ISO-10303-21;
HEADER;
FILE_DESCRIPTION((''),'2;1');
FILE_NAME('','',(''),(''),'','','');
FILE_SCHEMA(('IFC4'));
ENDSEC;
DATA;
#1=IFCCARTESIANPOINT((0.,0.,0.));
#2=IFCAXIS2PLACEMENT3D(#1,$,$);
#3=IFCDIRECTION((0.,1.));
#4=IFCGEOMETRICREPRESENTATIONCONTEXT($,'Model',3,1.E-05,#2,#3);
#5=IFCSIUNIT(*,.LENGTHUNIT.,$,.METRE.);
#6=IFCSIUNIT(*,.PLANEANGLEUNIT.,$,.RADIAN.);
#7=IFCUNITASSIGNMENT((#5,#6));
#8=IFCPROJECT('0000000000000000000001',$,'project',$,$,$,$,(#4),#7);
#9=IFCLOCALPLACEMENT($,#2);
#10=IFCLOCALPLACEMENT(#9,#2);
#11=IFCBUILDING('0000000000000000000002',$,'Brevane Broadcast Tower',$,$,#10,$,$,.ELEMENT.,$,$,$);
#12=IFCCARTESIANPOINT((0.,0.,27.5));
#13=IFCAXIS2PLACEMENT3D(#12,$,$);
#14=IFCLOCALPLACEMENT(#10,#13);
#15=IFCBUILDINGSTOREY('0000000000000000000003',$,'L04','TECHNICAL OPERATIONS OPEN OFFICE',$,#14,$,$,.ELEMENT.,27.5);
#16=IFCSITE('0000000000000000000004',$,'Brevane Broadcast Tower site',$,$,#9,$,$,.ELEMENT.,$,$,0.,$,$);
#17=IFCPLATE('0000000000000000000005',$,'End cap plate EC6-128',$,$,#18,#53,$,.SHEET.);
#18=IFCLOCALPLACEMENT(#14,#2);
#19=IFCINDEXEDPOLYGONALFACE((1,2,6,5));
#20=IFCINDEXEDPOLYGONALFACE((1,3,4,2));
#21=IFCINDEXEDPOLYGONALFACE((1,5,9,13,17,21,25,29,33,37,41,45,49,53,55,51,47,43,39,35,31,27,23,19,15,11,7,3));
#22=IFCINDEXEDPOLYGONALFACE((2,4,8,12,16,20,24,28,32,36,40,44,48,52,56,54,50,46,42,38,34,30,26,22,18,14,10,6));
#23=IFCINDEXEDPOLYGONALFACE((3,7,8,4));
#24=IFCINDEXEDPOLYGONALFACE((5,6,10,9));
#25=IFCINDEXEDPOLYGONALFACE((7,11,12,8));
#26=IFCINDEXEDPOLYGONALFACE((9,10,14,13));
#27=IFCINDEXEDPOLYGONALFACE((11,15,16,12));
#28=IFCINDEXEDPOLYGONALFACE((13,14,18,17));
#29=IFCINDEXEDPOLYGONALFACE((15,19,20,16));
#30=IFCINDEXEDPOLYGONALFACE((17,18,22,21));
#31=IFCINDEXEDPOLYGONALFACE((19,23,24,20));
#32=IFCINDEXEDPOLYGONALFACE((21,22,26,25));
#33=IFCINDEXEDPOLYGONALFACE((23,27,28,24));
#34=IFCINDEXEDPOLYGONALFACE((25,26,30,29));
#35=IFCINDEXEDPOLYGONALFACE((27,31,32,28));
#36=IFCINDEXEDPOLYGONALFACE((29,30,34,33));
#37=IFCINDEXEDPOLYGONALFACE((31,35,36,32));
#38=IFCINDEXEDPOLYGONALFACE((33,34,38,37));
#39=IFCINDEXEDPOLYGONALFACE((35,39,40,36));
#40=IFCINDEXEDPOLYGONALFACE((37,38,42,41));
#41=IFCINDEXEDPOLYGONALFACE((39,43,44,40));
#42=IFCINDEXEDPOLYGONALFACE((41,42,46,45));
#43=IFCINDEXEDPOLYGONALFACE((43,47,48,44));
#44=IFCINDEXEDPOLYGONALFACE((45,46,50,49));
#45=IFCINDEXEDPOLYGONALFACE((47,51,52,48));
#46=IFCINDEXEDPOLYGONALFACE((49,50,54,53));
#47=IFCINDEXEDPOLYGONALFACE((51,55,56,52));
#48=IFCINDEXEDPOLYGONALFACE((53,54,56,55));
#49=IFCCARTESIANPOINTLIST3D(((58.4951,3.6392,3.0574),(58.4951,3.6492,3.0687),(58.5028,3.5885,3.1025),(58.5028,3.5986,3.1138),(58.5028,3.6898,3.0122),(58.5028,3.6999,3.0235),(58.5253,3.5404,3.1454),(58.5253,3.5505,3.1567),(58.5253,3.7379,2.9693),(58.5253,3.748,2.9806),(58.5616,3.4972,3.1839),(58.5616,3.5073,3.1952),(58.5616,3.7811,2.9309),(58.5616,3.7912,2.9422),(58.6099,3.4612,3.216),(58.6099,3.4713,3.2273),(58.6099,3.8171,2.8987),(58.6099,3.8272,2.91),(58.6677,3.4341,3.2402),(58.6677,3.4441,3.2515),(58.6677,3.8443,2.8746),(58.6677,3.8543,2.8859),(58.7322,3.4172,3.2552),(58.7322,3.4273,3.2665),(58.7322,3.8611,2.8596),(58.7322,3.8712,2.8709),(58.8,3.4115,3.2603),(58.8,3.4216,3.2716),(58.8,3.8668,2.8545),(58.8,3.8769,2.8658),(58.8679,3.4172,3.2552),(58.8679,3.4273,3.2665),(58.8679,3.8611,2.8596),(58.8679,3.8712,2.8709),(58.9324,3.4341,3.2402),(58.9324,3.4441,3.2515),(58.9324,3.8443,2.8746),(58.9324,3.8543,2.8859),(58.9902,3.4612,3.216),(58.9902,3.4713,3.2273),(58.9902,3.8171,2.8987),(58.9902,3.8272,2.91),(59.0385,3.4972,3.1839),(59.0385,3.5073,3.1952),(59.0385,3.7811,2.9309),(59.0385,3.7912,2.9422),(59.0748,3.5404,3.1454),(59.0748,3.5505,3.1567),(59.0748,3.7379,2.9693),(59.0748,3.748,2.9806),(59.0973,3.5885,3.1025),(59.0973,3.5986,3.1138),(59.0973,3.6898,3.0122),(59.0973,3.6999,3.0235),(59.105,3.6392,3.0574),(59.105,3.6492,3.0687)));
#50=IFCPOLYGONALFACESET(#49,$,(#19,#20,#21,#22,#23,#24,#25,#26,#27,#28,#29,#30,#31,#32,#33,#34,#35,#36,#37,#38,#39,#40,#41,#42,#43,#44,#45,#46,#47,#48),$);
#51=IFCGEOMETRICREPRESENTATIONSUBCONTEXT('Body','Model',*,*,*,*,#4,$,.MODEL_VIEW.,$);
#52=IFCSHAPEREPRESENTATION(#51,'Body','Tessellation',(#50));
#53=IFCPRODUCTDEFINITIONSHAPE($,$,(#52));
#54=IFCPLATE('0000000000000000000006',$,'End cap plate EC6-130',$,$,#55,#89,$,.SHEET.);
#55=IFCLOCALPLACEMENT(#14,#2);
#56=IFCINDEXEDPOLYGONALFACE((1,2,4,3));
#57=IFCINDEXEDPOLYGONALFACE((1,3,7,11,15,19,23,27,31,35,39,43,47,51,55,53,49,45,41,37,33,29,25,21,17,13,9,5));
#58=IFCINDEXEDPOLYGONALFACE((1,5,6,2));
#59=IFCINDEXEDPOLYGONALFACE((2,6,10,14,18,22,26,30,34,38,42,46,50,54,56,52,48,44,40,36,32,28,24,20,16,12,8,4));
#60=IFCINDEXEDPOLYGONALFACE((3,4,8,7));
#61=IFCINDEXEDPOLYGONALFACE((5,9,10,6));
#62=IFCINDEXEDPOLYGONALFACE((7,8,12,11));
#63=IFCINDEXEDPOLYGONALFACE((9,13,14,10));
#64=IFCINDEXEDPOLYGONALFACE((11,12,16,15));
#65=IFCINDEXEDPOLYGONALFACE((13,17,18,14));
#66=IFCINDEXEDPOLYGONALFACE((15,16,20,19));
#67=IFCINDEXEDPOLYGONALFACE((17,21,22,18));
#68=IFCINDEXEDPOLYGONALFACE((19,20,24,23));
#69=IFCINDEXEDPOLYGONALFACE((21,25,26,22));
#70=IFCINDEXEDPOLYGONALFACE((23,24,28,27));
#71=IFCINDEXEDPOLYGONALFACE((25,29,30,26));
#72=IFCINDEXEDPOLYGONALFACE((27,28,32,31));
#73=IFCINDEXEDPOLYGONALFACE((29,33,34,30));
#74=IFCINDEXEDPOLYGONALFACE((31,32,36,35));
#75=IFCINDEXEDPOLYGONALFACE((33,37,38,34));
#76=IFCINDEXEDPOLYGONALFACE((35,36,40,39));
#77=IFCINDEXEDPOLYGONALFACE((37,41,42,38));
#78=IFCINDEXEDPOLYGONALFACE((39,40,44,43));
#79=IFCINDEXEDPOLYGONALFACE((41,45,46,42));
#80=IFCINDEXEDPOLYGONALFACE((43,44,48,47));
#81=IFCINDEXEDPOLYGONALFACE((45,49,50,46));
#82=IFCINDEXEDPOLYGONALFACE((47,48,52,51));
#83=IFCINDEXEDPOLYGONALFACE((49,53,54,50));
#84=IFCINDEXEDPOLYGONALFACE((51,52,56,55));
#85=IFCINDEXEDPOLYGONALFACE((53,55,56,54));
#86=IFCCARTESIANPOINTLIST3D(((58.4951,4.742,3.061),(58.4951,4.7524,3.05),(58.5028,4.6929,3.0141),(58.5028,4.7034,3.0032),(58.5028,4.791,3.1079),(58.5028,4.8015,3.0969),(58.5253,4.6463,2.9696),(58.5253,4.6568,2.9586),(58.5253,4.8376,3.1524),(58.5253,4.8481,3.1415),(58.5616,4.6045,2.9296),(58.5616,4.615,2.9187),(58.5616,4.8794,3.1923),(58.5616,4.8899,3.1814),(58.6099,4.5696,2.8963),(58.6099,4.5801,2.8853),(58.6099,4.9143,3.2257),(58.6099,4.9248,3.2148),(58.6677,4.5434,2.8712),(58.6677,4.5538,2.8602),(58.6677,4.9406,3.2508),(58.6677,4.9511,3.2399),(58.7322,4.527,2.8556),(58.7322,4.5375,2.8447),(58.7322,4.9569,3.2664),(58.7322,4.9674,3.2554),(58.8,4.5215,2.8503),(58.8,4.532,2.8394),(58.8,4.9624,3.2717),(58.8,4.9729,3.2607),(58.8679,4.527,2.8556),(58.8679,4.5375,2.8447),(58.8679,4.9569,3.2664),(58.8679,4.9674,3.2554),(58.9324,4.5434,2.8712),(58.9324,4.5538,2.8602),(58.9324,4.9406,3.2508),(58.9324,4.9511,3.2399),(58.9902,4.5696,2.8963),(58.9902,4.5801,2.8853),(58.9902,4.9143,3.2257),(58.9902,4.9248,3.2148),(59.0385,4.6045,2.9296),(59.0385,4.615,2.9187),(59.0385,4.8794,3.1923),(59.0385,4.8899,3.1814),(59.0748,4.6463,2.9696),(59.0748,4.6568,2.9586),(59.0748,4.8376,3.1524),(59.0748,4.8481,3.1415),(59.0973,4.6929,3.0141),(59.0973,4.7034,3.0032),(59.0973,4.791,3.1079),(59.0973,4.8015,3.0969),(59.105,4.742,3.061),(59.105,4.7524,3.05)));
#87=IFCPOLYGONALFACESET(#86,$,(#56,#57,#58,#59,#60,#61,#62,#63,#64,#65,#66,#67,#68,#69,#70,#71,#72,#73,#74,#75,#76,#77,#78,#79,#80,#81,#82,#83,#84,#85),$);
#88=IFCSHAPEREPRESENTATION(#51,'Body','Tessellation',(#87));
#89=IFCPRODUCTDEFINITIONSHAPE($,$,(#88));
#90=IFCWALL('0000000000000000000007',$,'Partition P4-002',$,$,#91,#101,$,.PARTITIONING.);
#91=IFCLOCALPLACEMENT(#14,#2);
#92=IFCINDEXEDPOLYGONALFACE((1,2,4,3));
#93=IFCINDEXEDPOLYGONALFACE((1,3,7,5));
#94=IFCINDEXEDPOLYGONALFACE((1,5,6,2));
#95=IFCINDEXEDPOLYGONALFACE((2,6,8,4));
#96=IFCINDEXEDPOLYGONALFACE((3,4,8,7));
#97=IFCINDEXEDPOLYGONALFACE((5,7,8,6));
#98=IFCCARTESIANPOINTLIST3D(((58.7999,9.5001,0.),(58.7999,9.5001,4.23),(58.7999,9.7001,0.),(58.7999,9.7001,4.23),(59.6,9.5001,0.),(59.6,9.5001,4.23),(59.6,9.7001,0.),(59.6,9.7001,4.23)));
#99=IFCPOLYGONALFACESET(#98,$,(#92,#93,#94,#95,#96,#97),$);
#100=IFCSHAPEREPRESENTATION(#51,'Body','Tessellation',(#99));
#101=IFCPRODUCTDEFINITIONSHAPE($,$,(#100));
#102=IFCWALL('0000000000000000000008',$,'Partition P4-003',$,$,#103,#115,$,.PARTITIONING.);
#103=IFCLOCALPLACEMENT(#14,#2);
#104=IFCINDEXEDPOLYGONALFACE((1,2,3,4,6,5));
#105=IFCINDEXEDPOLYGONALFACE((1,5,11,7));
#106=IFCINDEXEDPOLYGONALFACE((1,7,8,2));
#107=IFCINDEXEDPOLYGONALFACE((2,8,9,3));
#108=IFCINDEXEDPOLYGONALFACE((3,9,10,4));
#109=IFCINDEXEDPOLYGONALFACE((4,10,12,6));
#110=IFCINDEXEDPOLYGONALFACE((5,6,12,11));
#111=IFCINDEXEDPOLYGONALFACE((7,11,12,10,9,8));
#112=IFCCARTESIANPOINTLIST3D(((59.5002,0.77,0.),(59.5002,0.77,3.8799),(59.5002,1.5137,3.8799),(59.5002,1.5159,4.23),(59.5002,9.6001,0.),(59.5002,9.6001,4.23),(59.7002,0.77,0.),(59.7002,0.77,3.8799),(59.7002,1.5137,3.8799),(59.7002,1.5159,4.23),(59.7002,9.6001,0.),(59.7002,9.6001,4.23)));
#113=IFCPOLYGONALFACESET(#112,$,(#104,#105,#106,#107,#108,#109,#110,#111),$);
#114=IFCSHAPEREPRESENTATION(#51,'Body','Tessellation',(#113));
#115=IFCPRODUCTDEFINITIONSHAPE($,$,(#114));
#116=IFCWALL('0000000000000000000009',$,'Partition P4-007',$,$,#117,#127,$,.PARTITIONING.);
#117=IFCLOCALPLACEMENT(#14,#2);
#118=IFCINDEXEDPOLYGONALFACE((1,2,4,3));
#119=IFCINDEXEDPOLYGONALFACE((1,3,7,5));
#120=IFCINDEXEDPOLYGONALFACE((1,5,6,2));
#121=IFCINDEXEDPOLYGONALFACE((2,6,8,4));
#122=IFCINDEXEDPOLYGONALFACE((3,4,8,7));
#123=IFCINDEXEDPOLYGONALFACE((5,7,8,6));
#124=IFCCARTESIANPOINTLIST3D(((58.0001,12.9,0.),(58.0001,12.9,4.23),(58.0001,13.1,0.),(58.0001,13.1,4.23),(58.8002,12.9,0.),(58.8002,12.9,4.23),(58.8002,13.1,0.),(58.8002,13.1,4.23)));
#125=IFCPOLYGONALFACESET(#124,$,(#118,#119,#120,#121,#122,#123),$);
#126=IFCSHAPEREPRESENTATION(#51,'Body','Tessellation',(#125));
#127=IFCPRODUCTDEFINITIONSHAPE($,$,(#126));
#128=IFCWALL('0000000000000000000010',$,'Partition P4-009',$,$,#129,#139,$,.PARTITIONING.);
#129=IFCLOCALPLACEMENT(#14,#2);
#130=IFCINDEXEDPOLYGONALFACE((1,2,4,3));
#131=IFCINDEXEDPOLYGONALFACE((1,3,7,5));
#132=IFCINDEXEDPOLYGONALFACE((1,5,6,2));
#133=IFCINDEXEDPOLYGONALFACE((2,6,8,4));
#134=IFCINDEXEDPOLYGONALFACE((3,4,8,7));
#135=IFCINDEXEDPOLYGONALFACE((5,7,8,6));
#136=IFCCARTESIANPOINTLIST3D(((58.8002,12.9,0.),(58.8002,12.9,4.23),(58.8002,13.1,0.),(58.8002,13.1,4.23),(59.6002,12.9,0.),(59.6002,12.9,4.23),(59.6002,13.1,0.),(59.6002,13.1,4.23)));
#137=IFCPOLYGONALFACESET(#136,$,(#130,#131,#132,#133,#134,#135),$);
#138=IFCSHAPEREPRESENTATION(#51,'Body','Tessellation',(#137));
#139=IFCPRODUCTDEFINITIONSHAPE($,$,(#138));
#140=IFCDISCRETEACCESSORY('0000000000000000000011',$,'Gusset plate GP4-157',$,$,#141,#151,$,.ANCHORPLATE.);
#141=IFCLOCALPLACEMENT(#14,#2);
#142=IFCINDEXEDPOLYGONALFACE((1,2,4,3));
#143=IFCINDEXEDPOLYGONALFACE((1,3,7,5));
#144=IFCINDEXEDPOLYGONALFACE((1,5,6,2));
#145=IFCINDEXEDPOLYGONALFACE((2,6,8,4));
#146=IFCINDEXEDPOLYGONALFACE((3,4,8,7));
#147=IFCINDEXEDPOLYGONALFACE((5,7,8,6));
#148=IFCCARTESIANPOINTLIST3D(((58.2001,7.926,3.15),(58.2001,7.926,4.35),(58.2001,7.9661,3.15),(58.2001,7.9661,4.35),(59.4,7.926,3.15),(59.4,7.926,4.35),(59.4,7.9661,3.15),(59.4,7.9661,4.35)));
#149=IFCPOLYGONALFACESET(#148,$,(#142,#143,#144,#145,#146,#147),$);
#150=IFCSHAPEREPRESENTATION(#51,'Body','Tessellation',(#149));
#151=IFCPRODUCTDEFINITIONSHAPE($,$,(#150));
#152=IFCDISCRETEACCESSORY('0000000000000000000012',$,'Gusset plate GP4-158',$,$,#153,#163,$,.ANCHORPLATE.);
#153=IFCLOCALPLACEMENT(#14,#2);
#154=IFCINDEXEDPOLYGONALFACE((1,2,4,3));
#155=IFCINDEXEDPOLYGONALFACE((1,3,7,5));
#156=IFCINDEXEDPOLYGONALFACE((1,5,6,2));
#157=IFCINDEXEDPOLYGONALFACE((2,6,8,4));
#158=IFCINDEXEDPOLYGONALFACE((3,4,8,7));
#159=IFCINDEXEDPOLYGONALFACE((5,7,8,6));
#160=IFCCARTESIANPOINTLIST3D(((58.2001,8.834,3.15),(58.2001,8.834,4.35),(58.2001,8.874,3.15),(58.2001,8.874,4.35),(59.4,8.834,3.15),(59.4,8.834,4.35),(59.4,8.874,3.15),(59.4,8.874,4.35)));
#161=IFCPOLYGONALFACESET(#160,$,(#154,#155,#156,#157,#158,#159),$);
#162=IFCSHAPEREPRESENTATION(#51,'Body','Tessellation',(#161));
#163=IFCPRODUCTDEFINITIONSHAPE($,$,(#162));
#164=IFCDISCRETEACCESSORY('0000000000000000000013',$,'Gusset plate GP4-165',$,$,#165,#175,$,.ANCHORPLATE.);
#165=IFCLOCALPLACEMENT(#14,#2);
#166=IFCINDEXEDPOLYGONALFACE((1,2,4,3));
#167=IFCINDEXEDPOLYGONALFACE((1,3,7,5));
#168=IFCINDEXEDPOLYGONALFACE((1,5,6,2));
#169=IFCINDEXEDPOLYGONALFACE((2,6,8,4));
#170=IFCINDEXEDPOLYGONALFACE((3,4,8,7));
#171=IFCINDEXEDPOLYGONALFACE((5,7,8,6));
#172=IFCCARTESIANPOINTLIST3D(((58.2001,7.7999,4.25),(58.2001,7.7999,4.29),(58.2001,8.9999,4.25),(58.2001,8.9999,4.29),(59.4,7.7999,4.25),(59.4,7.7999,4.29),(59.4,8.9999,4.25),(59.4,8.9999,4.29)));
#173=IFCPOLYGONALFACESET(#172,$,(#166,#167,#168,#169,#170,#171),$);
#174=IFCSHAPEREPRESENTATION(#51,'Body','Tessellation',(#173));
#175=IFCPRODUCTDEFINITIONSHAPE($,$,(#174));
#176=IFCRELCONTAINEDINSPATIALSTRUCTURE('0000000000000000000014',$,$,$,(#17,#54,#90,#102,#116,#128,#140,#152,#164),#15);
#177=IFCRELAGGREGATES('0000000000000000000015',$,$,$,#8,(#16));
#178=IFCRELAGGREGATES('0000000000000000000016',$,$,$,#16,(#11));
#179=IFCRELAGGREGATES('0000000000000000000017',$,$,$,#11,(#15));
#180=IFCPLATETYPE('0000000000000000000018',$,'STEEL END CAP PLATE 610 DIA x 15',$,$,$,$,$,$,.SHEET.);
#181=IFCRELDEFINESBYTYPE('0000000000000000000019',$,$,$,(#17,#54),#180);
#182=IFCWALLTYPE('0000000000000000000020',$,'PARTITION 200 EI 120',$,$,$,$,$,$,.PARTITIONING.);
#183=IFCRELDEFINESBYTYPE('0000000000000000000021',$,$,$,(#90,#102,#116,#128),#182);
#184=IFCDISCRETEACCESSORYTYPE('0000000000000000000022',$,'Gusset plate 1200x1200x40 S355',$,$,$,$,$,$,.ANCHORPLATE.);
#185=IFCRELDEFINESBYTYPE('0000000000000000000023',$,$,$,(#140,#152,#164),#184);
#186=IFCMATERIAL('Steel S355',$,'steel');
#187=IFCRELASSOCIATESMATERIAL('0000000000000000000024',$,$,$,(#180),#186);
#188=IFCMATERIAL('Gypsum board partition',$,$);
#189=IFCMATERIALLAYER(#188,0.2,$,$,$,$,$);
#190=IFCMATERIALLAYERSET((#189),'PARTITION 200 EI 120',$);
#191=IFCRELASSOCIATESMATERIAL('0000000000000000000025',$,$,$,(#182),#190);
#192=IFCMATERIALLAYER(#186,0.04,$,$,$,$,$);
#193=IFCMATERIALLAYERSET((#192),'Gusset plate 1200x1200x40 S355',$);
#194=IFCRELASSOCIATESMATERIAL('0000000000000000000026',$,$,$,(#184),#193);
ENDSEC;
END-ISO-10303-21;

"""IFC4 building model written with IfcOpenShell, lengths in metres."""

from ifc_helpers import new_model, si_unit, direction, frame, frame_2d, origin, origin_2d, place, context, subcontext, project, spatial, polyline, rectangle, circle, outline, extrude, material, layer, layer_set, material_profile, profile_set, type_object, element, save


model = new_model("IFC4")

# Units and contexts
model_context = context("Model", 3, precision=1e-05, world=origin(), true_north=direction((0.0, 1.0)))
body_context = subcontext(model_context, "Body", "Model", "MODEL_VIEW")
ifc_project = project(units=[si_unit("LENGTHUNIT", "METRE"), si_unit("PLANEANGLEUNIT", "RADIAN")], contexts=[model_context])

# Site, building, storey
site_placement = place(None, origin())
site = spatial("IfcSite", under=ifc_project, at=site_placement, Name="Brevane Broadcast Tower site", CompositionType="ELEMENT", RefElevation=0.0)
building_placement = place(site_placement, origin())
building = spatial("IfcBuilding", under=site, at=building_placement, Name="Brevane Broadcast Tower", CompositionType="ELEMENT")
storey_placement = place(building_placement, frame((0.0, 0.0, 27.5)))
storey = spatial("IfcBuildingStorey", under=building, at=storey_placement, Name="L04", Description="TECHNICAL OPERATIONS OPEN OFFICE", CompositionType="ELEMENT", Elevation=27.5)

# Shared definitions
ifc_material_1 = material(Name="Steel S355", Category="steel")

# Plates
ifc_material_profile_1 = material_profile(ifc_material_1, circle(Radius=0.3049, at=origin_2d()), Name="PL 610 DIA x 15")
ifc_profile_set_1 = profile_set([ifc_material_profile_1], Name="Steel S355")
plate_type = type_object("IfcPlateType", Name="STEEL END CAP PLATE 610 DIA x 15", PredefinedType="SHEET", material=ifc_profile_set_1)
for number, where, z_axis, x_axis, name in (
    (1, (58.8, 3.6392, 3.0574), (0.0, 0.665371, 0.746513), (-1.0, 0.0, 0.0), "End cap plate EC6-128"),
    (2, (58.8, 4.7524, 3.05), (0.0, -0.690858, 0.722991), (1.0, 0.0, 0.0), "End cap plate EC6-130"),
):
    element("IfcPlate", number, at=place(storey_placement, frame(where, z_axis=z_axis, x_axis=x_axis)), inside=storey, type_object=plate_type, Name=name, PredefinedType="SHEET", context=body_context, shape_type="SweptSolid", body=[
        extrude(circle(Radius=0.3049, at=origin_2d()), origin(), (0.0, 0.0, 1.0), 0.0151),
    ])

# Shared definitions
ifc_material_2 = material(Name="Gypsum board partition")

# Walls
ifc_layer_1 = layer(ifc_material_2, 0.2)
ifc_layer_set_1 = layer_set([ifc_layer_1], Name="PARTITION 200 EI 120")
wall_type_1 = type_object("IfcWallType", Name="PARTITION 200 EI 120", PredefinedType="PARTITIONING", material=ifc_layer_set_1)
wall_1_placement = place(storey_placement, frame((58.8, 9.6001, 0.0), z_axis=(0.0, 0.0, 1.0), x_axis=(1.0, 0.0, 0.0)))
element("IfcWall", 3, at=wall_1_placement, inside=storey, type_object=wall_type_1, Name="Partition P4-002", PredefinedType="PARTITIONING", context=body_context, shape_type="SweptSolid", body=[
    extrude(rectangle(XDim=0.8, YDim=0.2, at=frame_2d((0.3999, 0.0))), origin(), (0.0, 0.0, 1.0), 4.23),
])
wall_2_placement = place(storey_placement, frame((59.6001, 9.6001, 0.0), z_axis=(0.0, 0.0, 1.0), x_axis=(0.0, -1.0, 0.0)))
element("IfcWall", 4, at=wall_2_placement, inside=storey, type_object=wall_type_1, Name="Partition P4-003", PredefinedType="PARTITIONING", context=body_context, shape_type="SweptSolid", body=[
    extrude(outline(polyline([(0.0, 0.0), (8.8301, 0.0), (8.8301, 3.8799), (8.0864, 3.8799), (8.0842, 4.23), (0.0, 4.23), (0.0, 0.0)])), frame((0.0, 0.1001, 0.0), z_axis=(0.0, -1.0, 0.0), x_axis=(1.0, 0.0, 0.0)), (0.0, 0.0, 1.0), 0.2),
])
for number, where, z_axis, x_axis, name in (
    (5, (58.8, 13.0, 0.0), (0.0, 0.0, 1.0), (-1.0, 0.0, 0.0), "Partition P4-007"),
    (6, (59.6001, 13.0, 0.0), (0.0, 0.0, 1.0), (-1.0, 0.0, 0.0), "Partition P4-009"),
):
    element("IfcWall", number, at=place(storey_placement, frame(where, z_axis=z_axis, x_axis=x_axis)), inside=storey, type_object=wall_type_1, Name=name, PredefinedType="PARTITIONING", context=body_context, shape_type="SweptSolid", body=[
        extrude(rectangle(XDim=0.8, YDim=0.2, at=frame_2d((0.3999, 0.0))), origin(), (0.0, 0.0, 1.0), 4.23),
    ])

# Discrete accessories
ifc_layer_2 = layer(ifc_material_1, 0.04)
ifc_layer_set_2 = layer_set([ifc_layer_2], Name="Gusset plate 1200x1200x40 S355")
discrete_accessory_type = type_object("IfcDiscreteAccessoryType", Name="Gusset plate 1200x1200x40 S355", PredefinedType="ANCHORPLATE", material=ifc_layer_set_2)
for number, where, z_axis, x_axis, name in (
    (7, (58.8, 7.926, 3.75), (0.0, 1.0, 0.0), (-1.0, 0.0, 0.0), "Gusset plate GP4-157"),
    (8, (58.8, 8.834, 3.75), (0.0, 1.0, 0.0), (-1.0, 0.0, 0.0), "Gusset plate GP4-158"),
    (9, (58.8, 8.3999, 4.25), (0.0, 0.0, 1.0), (1.0, 0.0, 0.0), "Gusset plate GP4-165"),
):
    element("IfcDiscreteAccessory", number, at=place(storey_placement, frame(where, z_axis=z_axis, x_axis=x_axis)), inside=storey, type_object=discrete_accessory_type, Name=name, PredefinedType="ANCHORPLATE", context=body_context, shape_type="SweptSolid", body=[
        extrude(rectangle(XDim=1.2, YDim=1.2, at=origin_2d()), origin(), (0.0, 0.0, 1.0), 0.04),
    ])

save(model, "model.ifc")
